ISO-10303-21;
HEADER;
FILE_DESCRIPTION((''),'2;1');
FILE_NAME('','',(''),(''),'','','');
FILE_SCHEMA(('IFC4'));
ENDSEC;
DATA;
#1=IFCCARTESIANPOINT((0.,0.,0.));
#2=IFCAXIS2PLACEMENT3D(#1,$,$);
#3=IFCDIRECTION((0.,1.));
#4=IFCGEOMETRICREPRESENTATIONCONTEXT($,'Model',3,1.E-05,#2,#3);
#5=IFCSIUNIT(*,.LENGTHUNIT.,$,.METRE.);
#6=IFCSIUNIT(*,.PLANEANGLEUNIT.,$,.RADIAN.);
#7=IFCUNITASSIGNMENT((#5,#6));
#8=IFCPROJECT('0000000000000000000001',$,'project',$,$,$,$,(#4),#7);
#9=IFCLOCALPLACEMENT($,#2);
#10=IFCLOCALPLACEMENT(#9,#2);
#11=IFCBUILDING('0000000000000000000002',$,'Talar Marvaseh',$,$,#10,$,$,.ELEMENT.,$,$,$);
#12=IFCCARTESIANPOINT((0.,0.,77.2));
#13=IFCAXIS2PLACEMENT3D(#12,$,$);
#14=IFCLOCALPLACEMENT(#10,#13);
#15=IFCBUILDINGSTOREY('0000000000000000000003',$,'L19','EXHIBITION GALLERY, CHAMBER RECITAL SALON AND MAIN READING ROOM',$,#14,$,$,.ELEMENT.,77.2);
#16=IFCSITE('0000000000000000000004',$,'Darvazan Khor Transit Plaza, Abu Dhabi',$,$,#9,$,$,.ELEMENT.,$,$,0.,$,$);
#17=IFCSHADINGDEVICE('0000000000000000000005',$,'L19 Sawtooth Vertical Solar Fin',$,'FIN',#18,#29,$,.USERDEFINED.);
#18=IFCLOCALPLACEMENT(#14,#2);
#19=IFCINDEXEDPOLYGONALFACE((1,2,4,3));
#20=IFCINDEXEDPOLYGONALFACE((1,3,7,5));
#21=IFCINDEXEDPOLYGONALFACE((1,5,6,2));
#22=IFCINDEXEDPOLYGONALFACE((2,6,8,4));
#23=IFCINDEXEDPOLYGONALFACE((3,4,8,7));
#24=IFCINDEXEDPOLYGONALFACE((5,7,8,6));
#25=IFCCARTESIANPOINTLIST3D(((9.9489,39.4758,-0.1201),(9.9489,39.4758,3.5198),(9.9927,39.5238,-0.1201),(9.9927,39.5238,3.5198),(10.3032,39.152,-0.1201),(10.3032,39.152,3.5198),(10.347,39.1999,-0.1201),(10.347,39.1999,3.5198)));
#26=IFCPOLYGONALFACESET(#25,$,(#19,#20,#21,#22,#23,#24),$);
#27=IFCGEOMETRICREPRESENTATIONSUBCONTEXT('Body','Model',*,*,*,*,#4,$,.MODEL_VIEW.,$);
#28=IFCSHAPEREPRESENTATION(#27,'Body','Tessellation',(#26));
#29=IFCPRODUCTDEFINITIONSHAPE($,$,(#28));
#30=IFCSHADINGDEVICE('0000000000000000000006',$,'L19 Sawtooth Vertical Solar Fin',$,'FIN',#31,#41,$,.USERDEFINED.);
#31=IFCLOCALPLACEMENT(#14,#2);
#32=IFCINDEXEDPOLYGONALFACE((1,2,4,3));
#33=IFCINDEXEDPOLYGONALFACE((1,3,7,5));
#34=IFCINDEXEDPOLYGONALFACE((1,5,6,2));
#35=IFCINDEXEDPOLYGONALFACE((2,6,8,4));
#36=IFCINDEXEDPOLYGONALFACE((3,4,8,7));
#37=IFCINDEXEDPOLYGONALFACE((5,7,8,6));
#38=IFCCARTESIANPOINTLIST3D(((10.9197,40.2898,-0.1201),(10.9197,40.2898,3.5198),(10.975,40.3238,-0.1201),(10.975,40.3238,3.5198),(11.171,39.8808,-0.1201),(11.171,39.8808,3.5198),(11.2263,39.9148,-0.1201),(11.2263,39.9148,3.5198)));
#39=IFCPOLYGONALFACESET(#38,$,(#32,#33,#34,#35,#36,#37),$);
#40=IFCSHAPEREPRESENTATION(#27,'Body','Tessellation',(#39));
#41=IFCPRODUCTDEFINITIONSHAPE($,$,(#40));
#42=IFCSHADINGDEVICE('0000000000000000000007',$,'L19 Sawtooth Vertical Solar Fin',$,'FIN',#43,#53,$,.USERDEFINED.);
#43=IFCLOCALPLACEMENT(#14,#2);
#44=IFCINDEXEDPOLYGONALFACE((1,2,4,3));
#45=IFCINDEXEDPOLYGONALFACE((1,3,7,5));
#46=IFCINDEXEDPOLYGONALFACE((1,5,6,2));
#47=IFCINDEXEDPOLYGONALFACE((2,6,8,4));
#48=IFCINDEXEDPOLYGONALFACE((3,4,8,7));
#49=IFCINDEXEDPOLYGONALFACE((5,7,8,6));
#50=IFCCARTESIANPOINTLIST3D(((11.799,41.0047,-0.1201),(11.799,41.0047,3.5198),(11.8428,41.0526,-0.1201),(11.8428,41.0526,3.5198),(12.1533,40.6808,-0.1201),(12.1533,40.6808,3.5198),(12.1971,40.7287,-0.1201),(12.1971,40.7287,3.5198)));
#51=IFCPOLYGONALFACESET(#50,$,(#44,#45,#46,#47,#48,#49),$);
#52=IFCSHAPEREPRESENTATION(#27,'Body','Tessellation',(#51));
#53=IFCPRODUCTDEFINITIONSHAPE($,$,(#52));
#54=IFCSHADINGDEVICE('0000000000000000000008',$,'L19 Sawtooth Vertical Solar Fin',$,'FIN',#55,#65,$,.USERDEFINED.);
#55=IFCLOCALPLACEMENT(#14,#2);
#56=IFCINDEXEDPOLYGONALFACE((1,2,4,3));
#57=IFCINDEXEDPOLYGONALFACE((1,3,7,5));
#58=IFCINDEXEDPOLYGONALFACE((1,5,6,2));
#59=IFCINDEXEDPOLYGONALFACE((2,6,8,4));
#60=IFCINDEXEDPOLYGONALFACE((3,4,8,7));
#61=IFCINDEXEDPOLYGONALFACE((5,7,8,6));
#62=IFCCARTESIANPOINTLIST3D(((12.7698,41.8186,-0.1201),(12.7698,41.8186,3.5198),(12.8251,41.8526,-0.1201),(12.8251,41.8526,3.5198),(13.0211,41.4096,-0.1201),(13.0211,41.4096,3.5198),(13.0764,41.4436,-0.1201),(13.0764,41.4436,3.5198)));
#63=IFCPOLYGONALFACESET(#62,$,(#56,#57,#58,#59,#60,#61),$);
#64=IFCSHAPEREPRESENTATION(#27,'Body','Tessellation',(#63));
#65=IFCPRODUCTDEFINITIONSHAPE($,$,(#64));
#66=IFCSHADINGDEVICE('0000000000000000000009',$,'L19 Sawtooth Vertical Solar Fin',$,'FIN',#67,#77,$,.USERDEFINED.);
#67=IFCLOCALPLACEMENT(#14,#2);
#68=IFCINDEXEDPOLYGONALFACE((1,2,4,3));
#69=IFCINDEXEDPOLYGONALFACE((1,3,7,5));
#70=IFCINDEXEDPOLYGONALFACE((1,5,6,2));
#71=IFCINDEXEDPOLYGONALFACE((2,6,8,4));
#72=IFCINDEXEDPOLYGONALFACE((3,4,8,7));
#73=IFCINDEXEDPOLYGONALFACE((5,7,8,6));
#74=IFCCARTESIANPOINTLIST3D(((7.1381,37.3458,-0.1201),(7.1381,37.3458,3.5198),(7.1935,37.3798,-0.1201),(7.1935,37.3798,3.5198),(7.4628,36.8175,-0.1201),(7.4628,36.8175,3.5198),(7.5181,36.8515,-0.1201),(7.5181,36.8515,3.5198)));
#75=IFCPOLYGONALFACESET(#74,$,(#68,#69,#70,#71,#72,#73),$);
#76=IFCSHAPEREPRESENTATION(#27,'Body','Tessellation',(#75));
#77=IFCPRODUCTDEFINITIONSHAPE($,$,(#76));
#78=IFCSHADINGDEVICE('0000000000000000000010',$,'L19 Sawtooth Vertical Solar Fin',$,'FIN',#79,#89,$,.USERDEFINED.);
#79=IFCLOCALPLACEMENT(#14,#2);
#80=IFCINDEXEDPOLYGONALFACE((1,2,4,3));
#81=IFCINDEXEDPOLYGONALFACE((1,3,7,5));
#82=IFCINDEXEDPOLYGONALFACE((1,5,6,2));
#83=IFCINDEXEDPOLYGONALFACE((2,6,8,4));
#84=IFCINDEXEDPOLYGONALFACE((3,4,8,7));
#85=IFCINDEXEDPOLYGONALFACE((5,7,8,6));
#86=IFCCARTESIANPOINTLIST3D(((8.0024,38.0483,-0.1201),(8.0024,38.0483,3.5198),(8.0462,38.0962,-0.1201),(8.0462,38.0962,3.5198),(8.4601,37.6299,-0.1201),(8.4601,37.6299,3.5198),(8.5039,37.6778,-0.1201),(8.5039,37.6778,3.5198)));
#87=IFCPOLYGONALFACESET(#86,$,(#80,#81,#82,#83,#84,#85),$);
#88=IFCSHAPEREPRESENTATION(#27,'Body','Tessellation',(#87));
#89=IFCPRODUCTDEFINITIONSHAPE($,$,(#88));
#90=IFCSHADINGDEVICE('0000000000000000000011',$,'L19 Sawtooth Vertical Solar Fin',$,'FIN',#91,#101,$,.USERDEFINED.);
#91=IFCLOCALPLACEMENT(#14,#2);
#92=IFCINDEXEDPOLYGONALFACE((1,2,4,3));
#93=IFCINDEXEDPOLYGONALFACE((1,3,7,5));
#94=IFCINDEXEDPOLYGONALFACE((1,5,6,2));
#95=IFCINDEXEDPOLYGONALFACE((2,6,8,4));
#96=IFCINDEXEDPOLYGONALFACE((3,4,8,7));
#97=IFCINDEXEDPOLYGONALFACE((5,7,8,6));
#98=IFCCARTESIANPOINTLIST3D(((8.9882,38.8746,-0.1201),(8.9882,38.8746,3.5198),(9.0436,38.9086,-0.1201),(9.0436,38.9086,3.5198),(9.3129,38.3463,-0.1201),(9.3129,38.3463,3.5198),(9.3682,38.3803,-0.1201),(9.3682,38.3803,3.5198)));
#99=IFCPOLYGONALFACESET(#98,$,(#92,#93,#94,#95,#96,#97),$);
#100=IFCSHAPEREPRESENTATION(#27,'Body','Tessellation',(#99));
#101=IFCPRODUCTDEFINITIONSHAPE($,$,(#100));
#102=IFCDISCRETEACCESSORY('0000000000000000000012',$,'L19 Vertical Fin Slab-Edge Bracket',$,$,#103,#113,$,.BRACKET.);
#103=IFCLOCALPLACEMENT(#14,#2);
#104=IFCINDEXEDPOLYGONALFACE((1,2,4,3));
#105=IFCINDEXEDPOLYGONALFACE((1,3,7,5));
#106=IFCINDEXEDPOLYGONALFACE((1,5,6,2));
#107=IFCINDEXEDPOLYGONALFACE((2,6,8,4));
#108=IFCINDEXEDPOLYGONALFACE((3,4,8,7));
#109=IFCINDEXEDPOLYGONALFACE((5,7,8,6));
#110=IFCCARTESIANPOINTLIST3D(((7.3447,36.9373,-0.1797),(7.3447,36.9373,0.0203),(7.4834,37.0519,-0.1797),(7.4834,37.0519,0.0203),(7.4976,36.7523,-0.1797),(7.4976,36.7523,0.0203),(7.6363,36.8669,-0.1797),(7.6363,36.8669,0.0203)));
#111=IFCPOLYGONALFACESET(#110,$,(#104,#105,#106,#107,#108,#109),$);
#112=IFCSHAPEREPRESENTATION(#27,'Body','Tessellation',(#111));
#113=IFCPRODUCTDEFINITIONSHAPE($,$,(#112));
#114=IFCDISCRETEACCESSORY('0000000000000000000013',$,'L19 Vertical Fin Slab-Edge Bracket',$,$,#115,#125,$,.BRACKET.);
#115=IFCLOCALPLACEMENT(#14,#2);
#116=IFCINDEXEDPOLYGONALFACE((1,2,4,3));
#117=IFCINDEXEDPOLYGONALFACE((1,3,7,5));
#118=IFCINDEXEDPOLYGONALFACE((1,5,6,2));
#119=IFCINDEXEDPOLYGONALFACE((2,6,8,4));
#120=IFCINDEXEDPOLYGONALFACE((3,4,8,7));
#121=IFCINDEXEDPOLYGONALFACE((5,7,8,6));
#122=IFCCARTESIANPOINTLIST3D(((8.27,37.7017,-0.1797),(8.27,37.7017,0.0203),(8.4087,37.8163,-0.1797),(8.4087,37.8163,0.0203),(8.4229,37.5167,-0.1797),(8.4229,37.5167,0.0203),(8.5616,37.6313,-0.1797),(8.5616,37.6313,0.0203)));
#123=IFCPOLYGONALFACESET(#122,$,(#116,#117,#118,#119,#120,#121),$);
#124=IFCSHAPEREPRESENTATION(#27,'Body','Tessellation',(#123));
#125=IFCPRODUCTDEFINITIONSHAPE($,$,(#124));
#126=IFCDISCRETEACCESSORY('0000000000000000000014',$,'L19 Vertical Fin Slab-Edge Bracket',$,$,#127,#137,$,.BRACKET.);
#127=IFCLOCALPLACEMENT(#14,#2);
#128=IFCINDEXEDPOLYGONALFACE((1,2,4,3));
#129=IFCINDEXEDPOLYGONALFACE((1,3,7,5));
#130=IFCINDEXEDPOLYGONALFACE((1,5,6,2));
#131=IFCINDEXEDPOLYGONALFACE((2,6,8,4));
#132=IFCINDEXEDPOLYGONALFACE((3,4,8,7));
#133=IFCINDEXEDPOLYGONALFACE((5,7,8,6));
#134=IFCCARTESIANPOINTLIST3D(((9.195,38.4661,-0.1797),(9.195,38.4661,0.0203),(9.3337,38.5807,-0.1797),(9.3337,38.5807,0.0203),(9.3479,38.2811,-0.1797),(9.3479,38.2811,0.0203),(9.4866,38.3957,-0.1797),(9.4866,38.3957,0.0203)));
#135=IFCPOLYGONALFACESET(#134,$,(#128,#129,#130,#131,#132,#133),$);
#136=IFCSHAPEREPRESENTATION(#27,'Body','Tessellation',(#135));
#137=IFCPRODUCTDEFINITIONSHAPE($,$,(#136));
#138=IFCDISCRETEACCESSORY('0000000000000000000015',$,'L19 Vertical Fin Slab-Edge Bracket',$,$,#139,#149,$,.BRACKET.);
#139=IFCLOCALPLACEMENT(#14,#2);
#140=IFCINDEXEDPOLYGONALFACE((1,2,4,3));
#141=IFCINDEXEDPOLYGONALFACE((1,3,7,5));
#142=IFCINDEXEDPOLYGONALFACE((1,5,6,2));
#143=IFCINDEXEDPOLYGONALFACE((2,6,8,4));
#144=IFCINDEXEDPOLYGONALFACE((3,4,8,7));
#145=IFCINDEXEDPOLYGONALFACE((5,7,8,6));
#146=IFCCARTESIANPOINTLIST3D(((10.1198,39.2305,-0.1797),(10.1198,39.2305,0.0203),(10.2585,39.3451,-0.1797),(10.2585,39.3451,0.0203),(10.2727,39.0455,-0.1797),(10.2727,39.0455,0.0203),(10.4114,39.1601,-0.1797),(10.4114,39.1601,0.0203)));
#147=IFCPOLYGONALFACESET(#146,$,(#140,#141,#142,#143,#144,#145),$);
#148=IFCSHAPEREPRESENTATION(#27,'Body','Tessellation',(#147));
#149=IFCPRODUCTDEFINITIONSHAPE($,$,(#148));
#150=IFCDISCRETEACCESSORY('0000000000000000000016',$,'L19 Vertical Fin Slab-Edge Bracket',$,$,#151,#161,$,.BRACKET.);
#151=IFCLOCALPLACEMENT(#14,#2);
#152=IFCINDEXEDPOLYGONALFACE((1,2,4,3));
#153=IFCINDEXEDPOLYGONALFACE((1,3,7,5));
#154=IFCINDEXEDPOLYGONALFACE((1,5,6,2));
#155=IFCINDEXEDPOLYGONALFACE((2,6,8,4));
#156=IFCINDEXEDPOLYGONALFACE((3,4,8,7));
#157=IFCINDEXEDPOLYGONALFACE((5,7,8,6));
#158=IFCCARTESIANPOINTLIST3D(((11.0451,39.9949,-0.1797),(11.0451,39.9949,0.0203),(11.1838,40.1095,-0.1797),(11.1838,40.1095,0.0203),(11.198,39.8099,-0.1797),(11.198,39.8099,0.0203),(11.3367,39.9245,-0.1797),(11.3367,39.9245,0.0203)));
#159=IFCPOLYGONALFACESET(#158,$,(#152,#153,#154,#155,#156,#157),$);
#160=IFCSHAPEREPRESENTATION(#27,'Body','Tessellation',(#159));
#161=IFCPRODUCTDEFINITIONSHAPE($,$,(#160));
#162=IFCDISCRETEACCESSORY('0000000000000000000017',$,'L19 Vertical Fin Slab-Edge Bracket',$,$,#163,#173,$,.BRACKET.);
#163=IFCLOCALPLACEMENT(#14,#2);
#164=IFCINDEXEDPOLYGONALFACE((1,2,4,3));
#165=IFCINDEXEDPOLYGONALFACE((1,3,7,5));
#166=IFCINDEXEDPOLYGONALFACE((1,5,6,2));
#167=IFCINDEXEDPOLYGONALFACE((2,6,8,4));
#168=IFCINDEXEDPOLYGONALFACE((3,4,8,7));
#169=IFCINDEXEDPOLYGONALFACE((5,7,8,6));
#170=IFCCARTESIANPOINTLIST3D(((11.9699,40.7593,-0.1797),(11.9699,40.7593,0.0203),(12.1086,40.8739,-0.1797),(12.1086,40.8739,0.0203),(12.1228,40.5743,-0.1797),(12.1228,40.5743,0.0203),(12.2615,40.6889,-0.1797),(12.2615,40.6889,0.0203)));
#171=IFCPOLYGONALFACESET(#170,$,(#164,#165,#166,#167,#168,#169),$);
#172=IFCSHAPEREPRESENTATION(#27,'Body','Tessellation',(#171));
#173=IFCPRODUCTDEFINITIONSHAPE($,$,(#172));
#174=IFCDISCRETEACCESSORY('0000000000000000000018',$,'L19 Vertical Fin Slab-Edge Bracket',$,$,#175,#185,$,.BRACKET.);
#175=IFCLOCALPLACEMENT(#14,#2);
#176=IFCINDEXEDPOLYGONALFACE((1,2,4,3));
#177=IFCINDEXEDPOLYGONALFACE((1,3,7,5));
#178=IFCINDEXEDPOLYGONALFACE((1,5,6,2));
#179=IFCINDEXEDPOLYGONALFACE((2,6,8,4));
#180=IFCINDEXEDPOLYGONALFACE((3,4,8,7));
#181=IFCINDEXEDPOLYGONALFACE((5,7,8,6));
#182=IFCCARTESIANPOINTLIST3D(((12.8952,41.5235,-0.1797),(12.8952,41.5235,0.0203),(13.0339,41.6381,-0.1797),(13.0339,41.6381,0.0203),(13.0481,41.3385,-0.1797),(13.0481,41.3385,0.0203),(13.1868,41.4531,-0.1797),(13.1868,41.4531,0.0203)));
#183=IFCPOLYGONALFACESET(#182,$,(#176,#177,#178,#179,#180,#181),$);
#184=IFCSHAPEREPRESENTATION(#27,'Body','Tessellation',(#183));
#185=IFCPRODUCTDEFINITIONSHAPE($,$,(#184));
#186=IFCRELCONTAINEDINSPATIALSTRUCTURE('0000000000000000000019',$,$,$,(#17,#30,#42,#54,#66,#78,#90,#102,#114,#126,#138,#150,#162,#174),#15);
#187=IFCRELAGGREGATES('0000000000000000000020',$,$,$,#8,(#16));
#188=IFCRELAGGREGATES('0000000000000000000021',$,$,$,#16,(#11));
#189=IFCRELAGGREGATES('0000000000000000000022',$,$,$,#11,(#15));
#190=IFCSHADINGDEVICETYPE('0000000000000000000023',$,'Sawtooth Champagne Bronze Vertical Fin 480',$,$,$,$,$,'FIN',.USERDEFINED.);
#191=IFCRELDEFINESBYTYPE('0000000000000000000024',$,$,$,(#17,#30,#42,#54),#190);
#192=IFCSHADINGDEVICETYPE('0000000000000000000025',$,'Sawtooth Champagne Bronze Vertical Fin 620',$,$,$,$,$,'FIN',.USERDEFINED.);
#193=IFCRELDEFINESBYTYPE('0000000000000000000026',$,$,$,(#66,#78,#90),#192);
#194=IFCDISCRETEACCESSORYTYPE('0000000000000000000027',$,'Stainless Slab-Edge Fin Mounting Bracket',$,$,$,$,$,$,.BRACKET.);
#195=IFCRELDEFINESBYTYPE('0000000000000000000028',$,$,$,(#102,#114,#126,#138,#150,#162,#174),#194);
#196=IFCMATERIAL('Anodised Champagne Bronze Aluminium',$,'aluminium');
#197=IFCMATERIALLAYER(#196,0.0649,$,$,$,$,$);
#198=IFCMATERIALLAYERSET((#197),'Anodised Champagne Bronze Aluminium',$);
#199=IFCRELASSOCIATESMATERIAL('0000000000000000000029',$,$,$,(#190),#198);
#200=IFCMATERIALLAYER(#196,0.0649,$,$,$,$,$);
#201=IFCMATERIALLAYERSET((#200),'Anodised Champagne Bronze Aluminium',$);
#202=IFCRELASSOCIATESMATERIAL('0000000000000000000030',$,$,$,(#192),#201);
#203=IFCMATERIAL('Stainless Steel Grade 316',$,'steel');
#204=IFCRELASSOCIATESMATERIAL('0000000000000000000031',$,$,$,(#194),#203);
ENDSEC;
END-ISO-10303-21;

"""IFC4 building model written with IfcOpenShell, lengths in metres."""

from ifc_helpers import new_model, si_unit, direction, frame, origin, origin_2d, place, context, subcontext, project, spatial, rectangle, extrude, source, transform, mapped, material, layer, layer_set, type_object, type_shapes, element, save


model = new_model("IFC4")

# Units and contexts
model_context = context("Model", 3, precision=1e-05, world=origin(), true_north=direction((0.0, 1.0)))
body_context = subcontext(model_context, "Body", "Model", "MODEL_VIEW")
ifc_project = project(units=[si_unit("LENGTHUNIT", "METRE"), si_unit("PLANEANGLEUNIT", "RADIAN")], contexts=[model_context])

# Site, building, storey
site_placement = place(None, origin())
site = spatial("IfcSite", under=ifc_project, at=site_placement, Name="Darvazan Khor Transit Plaza, Abu Dhabi", CompositionType="ELEMENT", RefElevation=0.0)
building_placement = place(site_placement, origin())
building = spatial("IfcBuilding", under=site, at=building_placement, Name="Talar Marvaseh", CompositionType="ELEMENT")
storey_placement = place(building_placement, frame((0.0, 0.0, 77.2)))
storey = spatial("IfcBuildingStorey", under=building, at=storey_placement, Name="L19", Description="EXHIBITION GALLERY, CHAMBER RECITAL SALON AND MAIN READING ROOM", CompositionType="ELEMENT", Elevation=77.2)

# Shading devices
ifc_material_1 = material(Name="Anodised Champagne Bronze Aluminium", Category="aluminium")
ifc_layer_1 = layer(ifc_material_1, 0.0649)
ifc_layer_set_1 = layer_set([ifc_layer_1], Name="Anodised Champagne Bronze Aluminium")
shading_device_type_1 = type_object("IfcShadingDeviceType", Name="Sawtooth Champagne Bronze Vertical Fin 480", ElementType="FIN", PredefinedType="USERDEFINED", material=ifc_layer_set_1)
shared_shape_1 = source(origin(), body_context, "Body", "SweptSolid", [
    extrude(rectangle(XDim=0.48, YDim=0.0649, at=origin_2d()), origin(), (0.0, 0.0, 1.0), 3.6399),
])
type_shapes(shading_device_type_1, [shared_shape_1])
for number, where, z_axis, x_axis, name in (
    (1, (10.1479, 39.3379, -0.1201), (0.0, 0.0, 1.0), (-0.738102, 0.674689, 0.0), "L19 Sawtooth Vertical Solar Fin"),
    (2, (11.073, 40.1023, -0.1201), (0.0, 0.0, 1.0), (-0.52354, 0.852001, 0.0), "L19 Sawtooth Vertical Solar Fin"),
    (3, (11.998, 40.8667, -0.1201), (0.0, 0.0, 1.0), (-0.738102, 0.674689, 0.0), "L19 Sawtooth Vertical Solar Fin"),
    (4, (12.9231, 41.6311, -0.1201), (0.0, 0.0, 1.0), (-0.52354, 0.852001, 0.0), "L19 Sawtooth Vertical Solar Fin"),
):
    element("IfcShadingDevice", number, at=place(storey_placement, frame(where, z_axis=z_axis, x_axis=x_axis)), inside=storey, type_object=shading_device_type_1, Name=name, ObjectType="FIN", PredefinedType="USERDEFINED", context=body_context, shape_type="MappedRepresentation", body=[
        mapped(shared_shape_1, transform((0.0, 0.0, 0.0), x_axis=(1.0, 0.0, 0.0), y_axis=(0.0, 1.0, 0.0), z_axis=(0.0, 0.0, 1.0), scale=1.0)),
    ])
ifc_layer_2 = layer(ifc_material_1, 0.0649)
ifc_layer_set_2 = layer_set([ifc_layer_2], Name="Anodised Champagne Bronze Aluminium")
shading_device_type_2 = type_object("IfcShadingDeviceType", Name="Sawtooth Champagne Bronze Vertical Fin 620", ElementType="FIN", PredefinedType="USERDEFINED", material=ifc_layer_set_2)
shared_shape_2 = source(origin(), body_context, "Body", "SweptSolid", [
    extrude(rectangle(XDim=0.6201, YDim=0.0649, at=origin_2d()), origin(), (0.0, 0.0, 1.0), 3.6399),
])
type_shapes(shading_device_type_2, [shared_shape_2])
for number, where, z_axis, x_axis, name in (
    (5, (7.3281, 37.0986, -0.1201), (0.0, 0.0, 1.0), (-0.52354, 0.852001, 0.0), "L19 Sawtooth Vertical Solar Fin"),
    (6, (8.2532, 37.863, -0.1201), (0.0, 0.0, 1.0), (-0.738102, 0.674689, 0.0), "L19 Sawtooth Vertical Solar Fin"),
    (7, (9.1782, 38.6274, -0.1201), (0.0, 0.0, 1.0), (-0.52354, 0.852001, 0.0), "L19 Sawtooth Vertical Solar Fin"),
):
    element("IfcShadingDevice", number, at=place(storey_placement, frame(where, z_axis=z_axis, x_axis=x_axis)), inside=storey, type_object=shading_device_type_2, Name=name, ObjectType="FIN", PredefinedType="USERDEFINED", context=body_context, shape_type="MappedRepresentation", body=[
        mapped(shared_shape_2, transform((0.0, 0.0, 0.0), x_axis=(1.0, 0.0, 0.0), y_axis=(0.0, 1.0, 0.0), z_axis=(0.0, 0.0, 1.0), scale=1.0)),
    ])

# Discrete accessories
ifc_material_2 = material(Name="Stainless Steel Grade 316", Category="steel")
discrete_accessory_type = type_object("IfcDiscreteAccessoryType", Name="Stainless Slab-Edge Fin Mounting Bracket", PredefinedType="BRACKET", material=ifc_material_2)
shared_shape_3 = source(origin(), body_context, "Body", "SweptSolid", [
    extrude(rectangle(XDim=0.24, YDim=0.1799, at=origin_2d()), origin(), (0.0, 0.0, 1.0), 0.2),
])
type_shapes(discrete_accessory_type, [shared_shape_3])
for number, where, z_axis, x_axis, name in (
    (8, (7.4905, 36.9021, -0.1797), (0.0, 0.0, 1.0), (-0.63702, 0.770847, 0.0), "L19 Vertical Fin Slab-Edge Bracket"),
    (9, (8.4158, 37.6665, -0.1797), (0.0, 0.0, 1.0), (-0.63702, 0.770847, 0.0), "L19 Vertical Fin Slab-Edge Bracket"),
    (10, (9.3408, 38.4309, -0.1797), (0.0, 0.0, 1.0), (-0.63702, 0.770847, 0.0), "L19 Vertical Fin Slab-Edge Bracket"),
    (11, (10.2656, 39.1953, -0.1797), (0.0, 0.0, 1.0), (-0.63702, 0.770847, 0.0), "L19 Vertical Fin Slab-Edge Bracket"),
    (12, (11.1909, 39.9597, -0.1797), (0.0, 0.0, 1.0), (-0.63702, 0.770847, 0.0), "L19 Vertical Fin Slab-Edge Bracket"),
    (13, (12.1157, 40.7241, -0.1797), (0.0, 0.0, 1.0), (-0.63702, 0.770847, 0.0), "L19 Vertical Fin Slab-Edge Bracket"),
    (14, (13.041, 41.4883, -0.1797), (0.0, 0.0, 1.0), (-0.63702, 0.770847, 0.0), "L19 Vertical Fin Slab-Edge Bracket"),
):
    element("IfcDiscreteAccessory", number, at=place(storey_placement, frame(where, z_axis=z_axis, x_axis=x_axis)), inside=storey, type_object=discrete_accessory_type, Name=name, PredefinedType="BRACKET", context=body_context, shape_type="MappedRepresentation", body=[
        mapped(shared_shape_3, transform((0.0, 0.0, 0.0), x_axis=(1.0, 0.0, 0.0), y_axis=(0.0, 1.0, 0.0), z_axis=(0.0, 0.0, 1.0), scale=1.0)),
    ])

save(model, "model.ifc")
